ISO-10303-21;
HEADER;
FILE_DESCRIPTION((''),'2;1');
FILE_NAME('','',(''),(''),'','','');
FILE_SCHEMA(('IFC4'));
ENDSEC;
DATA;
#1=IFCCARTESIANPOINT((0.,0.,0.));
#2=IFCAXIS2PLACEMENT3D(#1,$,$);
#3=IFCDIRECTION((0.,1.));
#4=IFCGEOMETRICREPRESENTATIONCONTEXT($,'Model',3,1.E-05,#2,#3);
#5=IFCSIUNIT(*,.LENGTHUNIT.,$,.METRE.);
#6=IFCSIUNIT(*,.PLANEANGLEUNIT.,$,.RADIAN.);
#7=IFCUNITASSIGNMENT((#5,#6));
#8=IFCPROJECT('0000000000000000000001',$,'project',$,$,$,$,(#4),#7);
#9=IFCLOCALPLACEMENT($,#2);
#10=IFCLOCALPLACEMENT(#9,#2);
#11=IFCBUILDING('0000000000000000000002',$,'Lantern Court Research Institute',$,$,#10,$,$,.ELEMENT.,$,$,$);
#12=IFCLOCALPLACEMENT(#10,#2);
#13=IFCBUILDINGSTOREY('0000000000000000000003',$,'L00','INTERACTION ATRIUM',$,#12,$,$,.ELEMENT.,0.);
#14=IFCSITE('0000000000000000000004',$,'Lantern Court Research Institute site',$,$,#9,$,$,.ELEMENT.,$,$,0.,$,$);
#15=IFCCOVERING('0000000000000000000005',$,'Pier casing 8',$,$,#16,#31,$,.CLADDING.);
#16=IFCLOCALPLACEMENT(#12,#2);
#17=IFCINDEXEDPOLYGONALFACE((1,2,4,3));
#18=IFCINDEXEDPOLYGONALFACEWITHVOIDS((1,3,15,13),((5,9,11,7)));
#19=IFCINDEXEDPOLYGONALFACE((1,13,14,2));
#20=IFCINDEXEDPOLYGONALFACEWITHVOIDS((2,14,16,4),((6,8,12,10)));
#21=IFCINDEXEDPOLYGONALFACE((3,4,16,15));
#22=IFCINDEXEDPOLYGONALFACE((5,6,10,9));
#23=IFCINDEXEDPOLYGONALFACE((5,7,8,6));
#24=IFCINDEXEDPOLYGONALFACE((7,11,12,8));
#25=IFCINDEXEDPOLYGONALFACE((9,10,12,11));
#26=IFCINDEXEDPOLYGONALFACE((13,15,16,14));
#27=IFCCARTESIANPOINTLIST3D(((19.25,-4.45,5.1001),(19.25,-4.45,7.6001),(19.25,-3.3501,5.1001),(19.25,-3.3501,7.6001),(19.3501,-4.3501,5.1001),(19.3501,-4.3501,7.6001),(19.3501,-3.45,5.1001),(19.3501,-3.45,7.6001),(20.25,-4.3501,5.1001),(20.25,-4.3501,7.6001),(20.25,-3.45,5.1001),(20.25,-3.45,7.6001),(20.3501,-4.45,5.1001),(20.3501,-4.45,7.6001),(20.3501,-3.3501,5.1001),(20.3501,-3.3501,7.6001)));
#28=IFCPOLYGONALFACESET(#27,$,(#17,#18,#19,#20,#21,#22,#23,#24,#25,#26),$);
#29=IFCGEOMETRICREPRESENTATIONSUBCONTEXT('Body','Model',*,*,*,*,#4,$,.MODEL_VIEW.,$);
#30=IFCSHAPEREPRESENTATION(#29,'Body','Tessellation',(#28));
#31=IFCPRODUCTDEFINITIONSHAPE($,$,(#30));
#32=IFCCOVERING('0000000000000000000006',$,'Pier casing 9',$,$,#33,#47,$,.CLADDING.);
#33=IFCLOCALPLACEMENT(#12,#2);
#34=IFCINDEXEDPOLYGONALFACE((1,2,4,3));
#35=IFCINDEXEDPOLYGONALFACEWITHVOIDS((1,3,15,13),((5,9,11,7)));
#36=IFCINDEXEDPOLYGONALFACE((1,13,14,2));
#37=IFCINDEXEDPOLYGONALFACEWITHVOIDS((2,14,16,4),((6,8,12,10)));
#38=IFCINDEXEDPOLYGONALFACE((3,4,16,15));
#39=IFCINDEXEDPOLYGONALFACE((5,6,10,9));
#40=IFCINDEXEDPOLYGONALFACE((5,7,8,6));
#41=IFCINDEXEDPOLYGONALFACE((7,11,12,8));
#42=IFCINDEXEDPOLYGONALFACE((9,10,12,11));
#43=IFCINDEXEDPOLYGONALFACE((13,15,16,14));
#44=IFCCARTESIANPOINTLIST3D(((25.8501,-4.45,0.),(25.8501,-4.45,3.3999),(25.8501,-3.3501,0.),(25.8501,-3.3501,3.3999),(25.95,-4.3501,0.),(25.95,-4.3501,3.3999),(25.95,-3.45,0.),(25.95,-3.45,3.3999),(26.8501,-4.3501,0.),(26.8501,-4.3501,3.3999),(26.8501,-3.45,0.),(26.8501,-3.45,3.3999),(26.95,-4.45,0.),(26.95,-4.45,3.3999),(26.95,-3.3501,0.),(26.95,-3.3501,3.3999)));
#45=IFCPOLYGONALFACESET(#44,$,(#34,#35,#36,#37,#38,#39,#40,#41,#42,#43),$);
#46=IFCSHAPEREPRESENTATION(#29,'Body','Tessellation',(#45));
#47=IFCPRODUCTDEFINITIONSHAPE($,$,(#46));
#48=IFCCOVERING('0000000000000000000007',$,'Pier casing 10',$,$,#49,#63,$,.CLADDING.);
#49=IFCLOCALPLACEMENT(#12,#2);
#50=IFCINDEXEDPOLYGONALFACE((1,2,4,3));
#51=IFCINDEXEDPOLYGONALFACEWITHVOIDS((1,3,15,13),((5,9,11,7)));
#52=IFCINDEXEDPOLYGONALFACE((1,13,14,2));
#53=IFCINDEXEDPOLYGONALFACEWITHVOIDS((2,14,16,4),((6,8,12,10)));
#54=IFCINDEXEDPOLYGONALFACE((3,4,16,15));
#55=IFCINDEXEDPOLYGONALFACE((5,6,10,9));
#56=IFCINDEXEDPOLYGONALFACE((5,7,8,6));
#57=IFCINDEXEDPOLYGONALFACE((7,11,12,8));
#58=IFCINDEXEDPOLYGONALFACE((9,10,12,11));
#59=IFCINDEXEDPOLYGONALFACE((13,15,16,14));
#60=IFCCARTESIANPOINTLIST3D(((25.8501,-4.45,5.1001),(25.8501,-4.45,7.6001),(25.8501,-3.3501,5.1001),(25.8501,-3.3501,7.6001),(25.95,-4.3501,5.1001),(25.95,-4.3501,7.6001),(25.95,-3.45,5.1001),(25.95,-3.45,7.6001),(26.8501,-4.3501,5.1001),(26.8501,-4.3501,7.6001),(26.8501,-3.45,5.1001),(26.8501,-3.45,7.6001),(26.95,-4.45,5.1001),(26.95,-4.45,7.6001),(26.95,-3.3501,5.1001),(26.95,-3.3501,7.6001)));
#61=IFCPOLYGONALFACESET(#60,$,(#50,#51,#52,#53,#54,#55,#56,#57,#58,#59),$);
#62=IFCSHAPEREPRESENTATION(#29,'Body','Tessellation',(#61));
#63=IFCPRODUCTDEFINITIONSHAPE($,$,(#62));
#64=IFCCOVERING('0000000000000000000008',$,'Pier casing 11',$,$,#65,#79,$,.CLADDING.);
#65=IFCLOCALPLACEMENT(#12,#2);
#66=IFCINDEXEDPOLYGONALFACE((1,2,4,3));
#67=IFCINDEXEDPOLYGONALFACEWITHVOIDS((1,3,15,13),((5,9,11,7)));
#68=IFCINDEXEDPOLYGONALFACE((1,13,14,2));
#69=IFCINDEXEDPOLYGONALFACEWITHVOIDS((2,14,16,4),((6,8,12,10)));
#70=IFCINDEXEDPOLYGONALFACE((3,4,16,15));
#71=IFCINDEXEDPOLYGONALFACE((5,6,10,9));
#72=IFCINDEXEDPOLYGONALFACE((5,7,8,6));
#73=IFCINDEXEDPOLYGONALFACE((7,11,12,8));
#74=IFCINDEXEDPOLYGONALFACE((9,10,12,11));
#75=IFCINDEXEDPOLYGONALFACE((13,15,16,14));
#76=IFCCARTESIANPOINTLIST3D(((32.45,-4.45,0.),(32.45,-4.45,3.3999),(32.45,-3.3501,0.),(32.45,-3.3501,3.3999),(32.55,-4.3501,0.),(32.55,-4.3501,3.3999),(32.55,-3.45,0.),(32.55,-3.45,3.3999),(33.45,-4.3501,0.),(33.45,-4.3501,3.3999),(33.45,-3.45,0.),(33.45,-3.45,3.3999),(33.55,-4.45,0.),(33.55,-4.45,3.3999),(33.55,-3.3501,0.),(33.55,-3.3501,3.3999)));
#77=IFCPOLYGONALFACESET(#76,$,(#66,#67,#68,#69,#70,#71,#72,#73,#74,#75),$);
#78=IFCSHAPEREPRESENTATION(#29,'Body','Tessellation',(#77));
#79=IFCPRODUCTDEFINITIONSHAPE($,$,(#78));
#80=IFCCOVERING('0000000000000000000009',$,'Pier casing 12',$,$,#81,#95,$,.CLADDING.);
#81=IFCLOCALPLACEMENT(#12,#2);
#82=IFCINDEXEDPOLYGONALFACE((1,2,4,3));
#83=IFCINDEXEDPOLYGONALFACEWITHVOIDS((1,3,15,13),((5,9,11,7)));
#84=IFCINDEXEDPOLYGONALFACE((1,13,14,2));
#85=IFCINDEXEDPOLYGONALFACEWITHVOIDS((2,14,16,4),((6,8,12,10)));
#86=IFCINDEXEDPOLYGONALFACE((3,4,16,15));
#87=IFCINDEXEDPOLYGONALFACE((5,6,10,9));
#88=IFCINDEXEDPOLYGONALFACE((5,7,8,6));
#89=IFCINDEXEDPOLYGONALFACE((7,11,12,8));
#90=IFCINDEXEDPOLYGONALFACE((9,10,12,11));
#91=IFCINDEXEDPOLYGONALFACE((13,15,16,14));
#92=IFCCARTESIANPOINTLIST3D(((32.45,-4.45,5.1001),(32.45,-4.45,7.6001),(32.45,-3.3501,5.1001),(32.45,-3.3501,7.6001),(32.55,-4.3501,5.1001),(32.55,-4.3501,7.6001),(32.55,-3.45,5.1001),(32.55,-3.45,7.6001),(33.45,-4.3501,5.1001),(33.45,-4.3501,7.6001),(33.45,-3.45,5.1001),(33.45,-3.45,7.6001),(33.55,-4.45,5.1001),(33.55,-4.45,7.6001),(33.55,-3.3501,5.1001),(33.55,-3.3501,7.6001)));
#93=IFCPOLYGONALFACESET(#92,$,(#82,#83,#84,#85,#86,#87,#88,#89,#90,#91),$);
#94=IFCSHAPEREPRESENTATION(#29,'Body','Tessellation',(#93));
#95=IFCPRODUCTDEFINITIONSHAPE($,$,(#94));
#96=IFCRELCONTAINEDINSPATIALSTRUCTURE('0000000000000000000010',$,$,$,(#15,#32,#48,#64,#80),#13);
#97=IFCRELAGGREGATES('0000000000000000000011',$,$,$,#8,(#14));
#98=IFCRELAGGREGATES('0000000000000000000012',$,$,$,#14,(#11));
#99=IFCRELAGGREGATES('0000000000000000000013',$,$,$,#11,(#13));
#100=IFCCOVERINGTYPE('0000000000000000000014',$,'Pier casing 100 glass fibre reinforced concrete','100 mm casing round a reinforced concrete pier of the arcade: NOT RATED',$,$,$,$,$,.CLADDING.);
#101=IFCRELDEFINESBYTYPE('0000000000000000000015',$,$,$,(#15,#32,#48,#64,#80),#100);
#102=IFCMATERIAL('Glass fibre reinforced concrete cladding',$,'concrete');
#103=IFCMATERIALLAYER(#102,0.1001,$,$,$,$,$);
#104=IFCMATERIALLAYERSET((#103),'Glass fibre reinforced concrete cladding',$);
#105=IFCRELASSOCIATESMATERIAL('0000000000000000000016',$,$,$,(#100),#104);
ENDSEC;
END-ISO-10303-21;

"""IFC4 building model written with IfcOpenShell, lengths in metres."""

from ifc_helpers import new_model, si_unit, direction, frame, origin, place, context, subcontext, project, spatial, polyline, outline, extrude, material, layer, layer_set, type_object, element, save


model = new_model("IFC4")

# Units and contexts
model_context = context("Model", 3, precision=1e-05, world=origin(), true_north=direction((0.0, 1.0)))
body_context = subcontext(model_context, "Body", "Model", "MODEL_VIEW")
ifc_project = project(units=[si_unit("LENGTHUNIT", "METRE"), si_unit("PLANEANGLEUNIT", "RADIAN")], contexts=[model_context])

# Site, building, storey
site_placement = place(None, origin())
site = spatial("IfcSite", under=ifc_project, at=site_placement, Name="Lantern Court Research Institute site", CompositionType="ELEMENT", RefElevation=0.0)
building_placement = place(site_placement, origin())
building = spatial("IfcBuilding", under=site, at=building_placement, Name="Lantern Court Research Institute", CompositionType="ELEMENT")
storey_placement = place(building_placement, origin())
storey = spatial("IfcBuildingStorey", under=building, at=storey_placement, Name="L00", Description="INTERACTION ATRIUM", CompositionType="ELEMENT", Elevation=0.0)

# Coverings
ifc_material_1 = material(Name="Glass fibre reinforced concrete cladding", Category="concrete")
ifc_layer_1 = layer(ifc_material_1, 0.1001)
ifc_layer_set_1 = layer_set([ifc_layer_1], Name="Glass fibre reinforced concrete cladding")
covering_type = type_object("IfcCoveringType", Name="Pier casing 100 glass fibre reinforced concrete", Description="100 mm casing round a reinforced concrete pier of the arcade: NOT RATED", PredefinedType="CLADDING", material=ifc_layer_set_1)
covering_1_placement = place(storey_placement, frame((0.0, 0.0, 5.1001)))
element("IfcCovering", 1, at=covering_1_placement, inside=storey, type_object=covering_type, Name="Pier casing 8", PredefinedType="CLADDING", context=body_context, shape_type="SweptSolid", body=[
    extrude(outline(polyline([(19.25, -4.45), (20.3501, -4.45), (20.3501, -3.3501), (19.25, -3.3501), (19.25, -4.45)]), holes=[polyline([(20.25, -3.45), (20.25, -4.3501), (19.3501, -4.3501), (19.3501, -3.45), (20.25, -3.45)])]), origin(), (0.0, 0.0, 1.0), 2.5),
])
covering_2_placement = place(storey_placement, origin())
element("IfcCovering", 2, at=covering_2_placement, inside=storey, type_object=covering_type, Name="Pier casing 9", PredefinedType="CLADDING", context=body_context, shape_type="SweptSolid", body=[
    extrude(outline(polyline([(25.8501, -4.45), (26.95, -4.45), (26.95, -3.3501), (25.8501, -3.3501), (25.8501, -4.45)]), holes=[polyline([(26.8501, -3.45), (26.8501, -4.3501), (25.95, -4.3501), (25.95, -3.45), (26.8501, -3.45)])]), origin(), (0.0, 0.0, 1.0), 3.3999),
])
covering_3_placement = place(storey_placement, frame((0.0, 0.0, 5.1001)))
element("IfcCovering", 3, at=covering_3_placement, inside=storey, type_object=covering_type, Name="Pier casing 10", PredefinedType="CLADDING", context=body_context, shape_type="SweptSolid", body=[
    extrude(outline(polyline([(25.8501, -4.45), (26.95, -4.45), (26.95, -3.3501), (25.8501, -3.3501), (25.8501, -4.45)]), holes=[polyline([(26.8501, -3.45), (26.8501, -4.3501), (25.95, -4.3501), (25.95, -3.45), (26.8501, -3.45)])]), origin(), (0.0, 0.0, 1.0), 2.5),
])
covering_4_placement = place(storey_placement, origin())
element("IfcCovering", 4, at=covering_4_placement, inside=storey, type_object=covering_type, Name="Pier casing 11", PredefinedType="CLADDING", context=body_context, shape_type="SweptSolid", body=[
    extrude(outline(polyline([(32.45, -4.45), (33.55, -4.45), (33.55, -3.3501), (32.45, -3.3501), (32.45, -4.45)]), holes=[polyline([(33.45, -3.45), (33.45, -4.3501), (32.55, -4.3501), (32.55, -3.45), (33.45, -3.45)])]), origin(), (0.0, 0.0, 1.0), 3.3999),
])
covering_5_placement = place(storey_placement, frame((0.0, 0.0, 5.1001)))
element("IfcCovering", 5, at=covering_5_placement, inside=storey, type_object=covering_type, Name="Pier casing 12", PredefinedType="CLADDING", context=body_context, shape_type="SweptSolid", body=[
    extrude(outline(polyline([(32.45, -4.45), (33.55, -4.45), (33.55, -3.3501), (32.45, -3.3501), (32.45, -4.45)]), holes=[polyline([(33.45, -3.45), (33.45, -4.3501), (32.55, -4.3501), (32.55, -3.45), (33.45, -3.45)])]), origin(), (0.0, 0.0, 1.0), 2.5),
])

save(model, "model.ifc")
